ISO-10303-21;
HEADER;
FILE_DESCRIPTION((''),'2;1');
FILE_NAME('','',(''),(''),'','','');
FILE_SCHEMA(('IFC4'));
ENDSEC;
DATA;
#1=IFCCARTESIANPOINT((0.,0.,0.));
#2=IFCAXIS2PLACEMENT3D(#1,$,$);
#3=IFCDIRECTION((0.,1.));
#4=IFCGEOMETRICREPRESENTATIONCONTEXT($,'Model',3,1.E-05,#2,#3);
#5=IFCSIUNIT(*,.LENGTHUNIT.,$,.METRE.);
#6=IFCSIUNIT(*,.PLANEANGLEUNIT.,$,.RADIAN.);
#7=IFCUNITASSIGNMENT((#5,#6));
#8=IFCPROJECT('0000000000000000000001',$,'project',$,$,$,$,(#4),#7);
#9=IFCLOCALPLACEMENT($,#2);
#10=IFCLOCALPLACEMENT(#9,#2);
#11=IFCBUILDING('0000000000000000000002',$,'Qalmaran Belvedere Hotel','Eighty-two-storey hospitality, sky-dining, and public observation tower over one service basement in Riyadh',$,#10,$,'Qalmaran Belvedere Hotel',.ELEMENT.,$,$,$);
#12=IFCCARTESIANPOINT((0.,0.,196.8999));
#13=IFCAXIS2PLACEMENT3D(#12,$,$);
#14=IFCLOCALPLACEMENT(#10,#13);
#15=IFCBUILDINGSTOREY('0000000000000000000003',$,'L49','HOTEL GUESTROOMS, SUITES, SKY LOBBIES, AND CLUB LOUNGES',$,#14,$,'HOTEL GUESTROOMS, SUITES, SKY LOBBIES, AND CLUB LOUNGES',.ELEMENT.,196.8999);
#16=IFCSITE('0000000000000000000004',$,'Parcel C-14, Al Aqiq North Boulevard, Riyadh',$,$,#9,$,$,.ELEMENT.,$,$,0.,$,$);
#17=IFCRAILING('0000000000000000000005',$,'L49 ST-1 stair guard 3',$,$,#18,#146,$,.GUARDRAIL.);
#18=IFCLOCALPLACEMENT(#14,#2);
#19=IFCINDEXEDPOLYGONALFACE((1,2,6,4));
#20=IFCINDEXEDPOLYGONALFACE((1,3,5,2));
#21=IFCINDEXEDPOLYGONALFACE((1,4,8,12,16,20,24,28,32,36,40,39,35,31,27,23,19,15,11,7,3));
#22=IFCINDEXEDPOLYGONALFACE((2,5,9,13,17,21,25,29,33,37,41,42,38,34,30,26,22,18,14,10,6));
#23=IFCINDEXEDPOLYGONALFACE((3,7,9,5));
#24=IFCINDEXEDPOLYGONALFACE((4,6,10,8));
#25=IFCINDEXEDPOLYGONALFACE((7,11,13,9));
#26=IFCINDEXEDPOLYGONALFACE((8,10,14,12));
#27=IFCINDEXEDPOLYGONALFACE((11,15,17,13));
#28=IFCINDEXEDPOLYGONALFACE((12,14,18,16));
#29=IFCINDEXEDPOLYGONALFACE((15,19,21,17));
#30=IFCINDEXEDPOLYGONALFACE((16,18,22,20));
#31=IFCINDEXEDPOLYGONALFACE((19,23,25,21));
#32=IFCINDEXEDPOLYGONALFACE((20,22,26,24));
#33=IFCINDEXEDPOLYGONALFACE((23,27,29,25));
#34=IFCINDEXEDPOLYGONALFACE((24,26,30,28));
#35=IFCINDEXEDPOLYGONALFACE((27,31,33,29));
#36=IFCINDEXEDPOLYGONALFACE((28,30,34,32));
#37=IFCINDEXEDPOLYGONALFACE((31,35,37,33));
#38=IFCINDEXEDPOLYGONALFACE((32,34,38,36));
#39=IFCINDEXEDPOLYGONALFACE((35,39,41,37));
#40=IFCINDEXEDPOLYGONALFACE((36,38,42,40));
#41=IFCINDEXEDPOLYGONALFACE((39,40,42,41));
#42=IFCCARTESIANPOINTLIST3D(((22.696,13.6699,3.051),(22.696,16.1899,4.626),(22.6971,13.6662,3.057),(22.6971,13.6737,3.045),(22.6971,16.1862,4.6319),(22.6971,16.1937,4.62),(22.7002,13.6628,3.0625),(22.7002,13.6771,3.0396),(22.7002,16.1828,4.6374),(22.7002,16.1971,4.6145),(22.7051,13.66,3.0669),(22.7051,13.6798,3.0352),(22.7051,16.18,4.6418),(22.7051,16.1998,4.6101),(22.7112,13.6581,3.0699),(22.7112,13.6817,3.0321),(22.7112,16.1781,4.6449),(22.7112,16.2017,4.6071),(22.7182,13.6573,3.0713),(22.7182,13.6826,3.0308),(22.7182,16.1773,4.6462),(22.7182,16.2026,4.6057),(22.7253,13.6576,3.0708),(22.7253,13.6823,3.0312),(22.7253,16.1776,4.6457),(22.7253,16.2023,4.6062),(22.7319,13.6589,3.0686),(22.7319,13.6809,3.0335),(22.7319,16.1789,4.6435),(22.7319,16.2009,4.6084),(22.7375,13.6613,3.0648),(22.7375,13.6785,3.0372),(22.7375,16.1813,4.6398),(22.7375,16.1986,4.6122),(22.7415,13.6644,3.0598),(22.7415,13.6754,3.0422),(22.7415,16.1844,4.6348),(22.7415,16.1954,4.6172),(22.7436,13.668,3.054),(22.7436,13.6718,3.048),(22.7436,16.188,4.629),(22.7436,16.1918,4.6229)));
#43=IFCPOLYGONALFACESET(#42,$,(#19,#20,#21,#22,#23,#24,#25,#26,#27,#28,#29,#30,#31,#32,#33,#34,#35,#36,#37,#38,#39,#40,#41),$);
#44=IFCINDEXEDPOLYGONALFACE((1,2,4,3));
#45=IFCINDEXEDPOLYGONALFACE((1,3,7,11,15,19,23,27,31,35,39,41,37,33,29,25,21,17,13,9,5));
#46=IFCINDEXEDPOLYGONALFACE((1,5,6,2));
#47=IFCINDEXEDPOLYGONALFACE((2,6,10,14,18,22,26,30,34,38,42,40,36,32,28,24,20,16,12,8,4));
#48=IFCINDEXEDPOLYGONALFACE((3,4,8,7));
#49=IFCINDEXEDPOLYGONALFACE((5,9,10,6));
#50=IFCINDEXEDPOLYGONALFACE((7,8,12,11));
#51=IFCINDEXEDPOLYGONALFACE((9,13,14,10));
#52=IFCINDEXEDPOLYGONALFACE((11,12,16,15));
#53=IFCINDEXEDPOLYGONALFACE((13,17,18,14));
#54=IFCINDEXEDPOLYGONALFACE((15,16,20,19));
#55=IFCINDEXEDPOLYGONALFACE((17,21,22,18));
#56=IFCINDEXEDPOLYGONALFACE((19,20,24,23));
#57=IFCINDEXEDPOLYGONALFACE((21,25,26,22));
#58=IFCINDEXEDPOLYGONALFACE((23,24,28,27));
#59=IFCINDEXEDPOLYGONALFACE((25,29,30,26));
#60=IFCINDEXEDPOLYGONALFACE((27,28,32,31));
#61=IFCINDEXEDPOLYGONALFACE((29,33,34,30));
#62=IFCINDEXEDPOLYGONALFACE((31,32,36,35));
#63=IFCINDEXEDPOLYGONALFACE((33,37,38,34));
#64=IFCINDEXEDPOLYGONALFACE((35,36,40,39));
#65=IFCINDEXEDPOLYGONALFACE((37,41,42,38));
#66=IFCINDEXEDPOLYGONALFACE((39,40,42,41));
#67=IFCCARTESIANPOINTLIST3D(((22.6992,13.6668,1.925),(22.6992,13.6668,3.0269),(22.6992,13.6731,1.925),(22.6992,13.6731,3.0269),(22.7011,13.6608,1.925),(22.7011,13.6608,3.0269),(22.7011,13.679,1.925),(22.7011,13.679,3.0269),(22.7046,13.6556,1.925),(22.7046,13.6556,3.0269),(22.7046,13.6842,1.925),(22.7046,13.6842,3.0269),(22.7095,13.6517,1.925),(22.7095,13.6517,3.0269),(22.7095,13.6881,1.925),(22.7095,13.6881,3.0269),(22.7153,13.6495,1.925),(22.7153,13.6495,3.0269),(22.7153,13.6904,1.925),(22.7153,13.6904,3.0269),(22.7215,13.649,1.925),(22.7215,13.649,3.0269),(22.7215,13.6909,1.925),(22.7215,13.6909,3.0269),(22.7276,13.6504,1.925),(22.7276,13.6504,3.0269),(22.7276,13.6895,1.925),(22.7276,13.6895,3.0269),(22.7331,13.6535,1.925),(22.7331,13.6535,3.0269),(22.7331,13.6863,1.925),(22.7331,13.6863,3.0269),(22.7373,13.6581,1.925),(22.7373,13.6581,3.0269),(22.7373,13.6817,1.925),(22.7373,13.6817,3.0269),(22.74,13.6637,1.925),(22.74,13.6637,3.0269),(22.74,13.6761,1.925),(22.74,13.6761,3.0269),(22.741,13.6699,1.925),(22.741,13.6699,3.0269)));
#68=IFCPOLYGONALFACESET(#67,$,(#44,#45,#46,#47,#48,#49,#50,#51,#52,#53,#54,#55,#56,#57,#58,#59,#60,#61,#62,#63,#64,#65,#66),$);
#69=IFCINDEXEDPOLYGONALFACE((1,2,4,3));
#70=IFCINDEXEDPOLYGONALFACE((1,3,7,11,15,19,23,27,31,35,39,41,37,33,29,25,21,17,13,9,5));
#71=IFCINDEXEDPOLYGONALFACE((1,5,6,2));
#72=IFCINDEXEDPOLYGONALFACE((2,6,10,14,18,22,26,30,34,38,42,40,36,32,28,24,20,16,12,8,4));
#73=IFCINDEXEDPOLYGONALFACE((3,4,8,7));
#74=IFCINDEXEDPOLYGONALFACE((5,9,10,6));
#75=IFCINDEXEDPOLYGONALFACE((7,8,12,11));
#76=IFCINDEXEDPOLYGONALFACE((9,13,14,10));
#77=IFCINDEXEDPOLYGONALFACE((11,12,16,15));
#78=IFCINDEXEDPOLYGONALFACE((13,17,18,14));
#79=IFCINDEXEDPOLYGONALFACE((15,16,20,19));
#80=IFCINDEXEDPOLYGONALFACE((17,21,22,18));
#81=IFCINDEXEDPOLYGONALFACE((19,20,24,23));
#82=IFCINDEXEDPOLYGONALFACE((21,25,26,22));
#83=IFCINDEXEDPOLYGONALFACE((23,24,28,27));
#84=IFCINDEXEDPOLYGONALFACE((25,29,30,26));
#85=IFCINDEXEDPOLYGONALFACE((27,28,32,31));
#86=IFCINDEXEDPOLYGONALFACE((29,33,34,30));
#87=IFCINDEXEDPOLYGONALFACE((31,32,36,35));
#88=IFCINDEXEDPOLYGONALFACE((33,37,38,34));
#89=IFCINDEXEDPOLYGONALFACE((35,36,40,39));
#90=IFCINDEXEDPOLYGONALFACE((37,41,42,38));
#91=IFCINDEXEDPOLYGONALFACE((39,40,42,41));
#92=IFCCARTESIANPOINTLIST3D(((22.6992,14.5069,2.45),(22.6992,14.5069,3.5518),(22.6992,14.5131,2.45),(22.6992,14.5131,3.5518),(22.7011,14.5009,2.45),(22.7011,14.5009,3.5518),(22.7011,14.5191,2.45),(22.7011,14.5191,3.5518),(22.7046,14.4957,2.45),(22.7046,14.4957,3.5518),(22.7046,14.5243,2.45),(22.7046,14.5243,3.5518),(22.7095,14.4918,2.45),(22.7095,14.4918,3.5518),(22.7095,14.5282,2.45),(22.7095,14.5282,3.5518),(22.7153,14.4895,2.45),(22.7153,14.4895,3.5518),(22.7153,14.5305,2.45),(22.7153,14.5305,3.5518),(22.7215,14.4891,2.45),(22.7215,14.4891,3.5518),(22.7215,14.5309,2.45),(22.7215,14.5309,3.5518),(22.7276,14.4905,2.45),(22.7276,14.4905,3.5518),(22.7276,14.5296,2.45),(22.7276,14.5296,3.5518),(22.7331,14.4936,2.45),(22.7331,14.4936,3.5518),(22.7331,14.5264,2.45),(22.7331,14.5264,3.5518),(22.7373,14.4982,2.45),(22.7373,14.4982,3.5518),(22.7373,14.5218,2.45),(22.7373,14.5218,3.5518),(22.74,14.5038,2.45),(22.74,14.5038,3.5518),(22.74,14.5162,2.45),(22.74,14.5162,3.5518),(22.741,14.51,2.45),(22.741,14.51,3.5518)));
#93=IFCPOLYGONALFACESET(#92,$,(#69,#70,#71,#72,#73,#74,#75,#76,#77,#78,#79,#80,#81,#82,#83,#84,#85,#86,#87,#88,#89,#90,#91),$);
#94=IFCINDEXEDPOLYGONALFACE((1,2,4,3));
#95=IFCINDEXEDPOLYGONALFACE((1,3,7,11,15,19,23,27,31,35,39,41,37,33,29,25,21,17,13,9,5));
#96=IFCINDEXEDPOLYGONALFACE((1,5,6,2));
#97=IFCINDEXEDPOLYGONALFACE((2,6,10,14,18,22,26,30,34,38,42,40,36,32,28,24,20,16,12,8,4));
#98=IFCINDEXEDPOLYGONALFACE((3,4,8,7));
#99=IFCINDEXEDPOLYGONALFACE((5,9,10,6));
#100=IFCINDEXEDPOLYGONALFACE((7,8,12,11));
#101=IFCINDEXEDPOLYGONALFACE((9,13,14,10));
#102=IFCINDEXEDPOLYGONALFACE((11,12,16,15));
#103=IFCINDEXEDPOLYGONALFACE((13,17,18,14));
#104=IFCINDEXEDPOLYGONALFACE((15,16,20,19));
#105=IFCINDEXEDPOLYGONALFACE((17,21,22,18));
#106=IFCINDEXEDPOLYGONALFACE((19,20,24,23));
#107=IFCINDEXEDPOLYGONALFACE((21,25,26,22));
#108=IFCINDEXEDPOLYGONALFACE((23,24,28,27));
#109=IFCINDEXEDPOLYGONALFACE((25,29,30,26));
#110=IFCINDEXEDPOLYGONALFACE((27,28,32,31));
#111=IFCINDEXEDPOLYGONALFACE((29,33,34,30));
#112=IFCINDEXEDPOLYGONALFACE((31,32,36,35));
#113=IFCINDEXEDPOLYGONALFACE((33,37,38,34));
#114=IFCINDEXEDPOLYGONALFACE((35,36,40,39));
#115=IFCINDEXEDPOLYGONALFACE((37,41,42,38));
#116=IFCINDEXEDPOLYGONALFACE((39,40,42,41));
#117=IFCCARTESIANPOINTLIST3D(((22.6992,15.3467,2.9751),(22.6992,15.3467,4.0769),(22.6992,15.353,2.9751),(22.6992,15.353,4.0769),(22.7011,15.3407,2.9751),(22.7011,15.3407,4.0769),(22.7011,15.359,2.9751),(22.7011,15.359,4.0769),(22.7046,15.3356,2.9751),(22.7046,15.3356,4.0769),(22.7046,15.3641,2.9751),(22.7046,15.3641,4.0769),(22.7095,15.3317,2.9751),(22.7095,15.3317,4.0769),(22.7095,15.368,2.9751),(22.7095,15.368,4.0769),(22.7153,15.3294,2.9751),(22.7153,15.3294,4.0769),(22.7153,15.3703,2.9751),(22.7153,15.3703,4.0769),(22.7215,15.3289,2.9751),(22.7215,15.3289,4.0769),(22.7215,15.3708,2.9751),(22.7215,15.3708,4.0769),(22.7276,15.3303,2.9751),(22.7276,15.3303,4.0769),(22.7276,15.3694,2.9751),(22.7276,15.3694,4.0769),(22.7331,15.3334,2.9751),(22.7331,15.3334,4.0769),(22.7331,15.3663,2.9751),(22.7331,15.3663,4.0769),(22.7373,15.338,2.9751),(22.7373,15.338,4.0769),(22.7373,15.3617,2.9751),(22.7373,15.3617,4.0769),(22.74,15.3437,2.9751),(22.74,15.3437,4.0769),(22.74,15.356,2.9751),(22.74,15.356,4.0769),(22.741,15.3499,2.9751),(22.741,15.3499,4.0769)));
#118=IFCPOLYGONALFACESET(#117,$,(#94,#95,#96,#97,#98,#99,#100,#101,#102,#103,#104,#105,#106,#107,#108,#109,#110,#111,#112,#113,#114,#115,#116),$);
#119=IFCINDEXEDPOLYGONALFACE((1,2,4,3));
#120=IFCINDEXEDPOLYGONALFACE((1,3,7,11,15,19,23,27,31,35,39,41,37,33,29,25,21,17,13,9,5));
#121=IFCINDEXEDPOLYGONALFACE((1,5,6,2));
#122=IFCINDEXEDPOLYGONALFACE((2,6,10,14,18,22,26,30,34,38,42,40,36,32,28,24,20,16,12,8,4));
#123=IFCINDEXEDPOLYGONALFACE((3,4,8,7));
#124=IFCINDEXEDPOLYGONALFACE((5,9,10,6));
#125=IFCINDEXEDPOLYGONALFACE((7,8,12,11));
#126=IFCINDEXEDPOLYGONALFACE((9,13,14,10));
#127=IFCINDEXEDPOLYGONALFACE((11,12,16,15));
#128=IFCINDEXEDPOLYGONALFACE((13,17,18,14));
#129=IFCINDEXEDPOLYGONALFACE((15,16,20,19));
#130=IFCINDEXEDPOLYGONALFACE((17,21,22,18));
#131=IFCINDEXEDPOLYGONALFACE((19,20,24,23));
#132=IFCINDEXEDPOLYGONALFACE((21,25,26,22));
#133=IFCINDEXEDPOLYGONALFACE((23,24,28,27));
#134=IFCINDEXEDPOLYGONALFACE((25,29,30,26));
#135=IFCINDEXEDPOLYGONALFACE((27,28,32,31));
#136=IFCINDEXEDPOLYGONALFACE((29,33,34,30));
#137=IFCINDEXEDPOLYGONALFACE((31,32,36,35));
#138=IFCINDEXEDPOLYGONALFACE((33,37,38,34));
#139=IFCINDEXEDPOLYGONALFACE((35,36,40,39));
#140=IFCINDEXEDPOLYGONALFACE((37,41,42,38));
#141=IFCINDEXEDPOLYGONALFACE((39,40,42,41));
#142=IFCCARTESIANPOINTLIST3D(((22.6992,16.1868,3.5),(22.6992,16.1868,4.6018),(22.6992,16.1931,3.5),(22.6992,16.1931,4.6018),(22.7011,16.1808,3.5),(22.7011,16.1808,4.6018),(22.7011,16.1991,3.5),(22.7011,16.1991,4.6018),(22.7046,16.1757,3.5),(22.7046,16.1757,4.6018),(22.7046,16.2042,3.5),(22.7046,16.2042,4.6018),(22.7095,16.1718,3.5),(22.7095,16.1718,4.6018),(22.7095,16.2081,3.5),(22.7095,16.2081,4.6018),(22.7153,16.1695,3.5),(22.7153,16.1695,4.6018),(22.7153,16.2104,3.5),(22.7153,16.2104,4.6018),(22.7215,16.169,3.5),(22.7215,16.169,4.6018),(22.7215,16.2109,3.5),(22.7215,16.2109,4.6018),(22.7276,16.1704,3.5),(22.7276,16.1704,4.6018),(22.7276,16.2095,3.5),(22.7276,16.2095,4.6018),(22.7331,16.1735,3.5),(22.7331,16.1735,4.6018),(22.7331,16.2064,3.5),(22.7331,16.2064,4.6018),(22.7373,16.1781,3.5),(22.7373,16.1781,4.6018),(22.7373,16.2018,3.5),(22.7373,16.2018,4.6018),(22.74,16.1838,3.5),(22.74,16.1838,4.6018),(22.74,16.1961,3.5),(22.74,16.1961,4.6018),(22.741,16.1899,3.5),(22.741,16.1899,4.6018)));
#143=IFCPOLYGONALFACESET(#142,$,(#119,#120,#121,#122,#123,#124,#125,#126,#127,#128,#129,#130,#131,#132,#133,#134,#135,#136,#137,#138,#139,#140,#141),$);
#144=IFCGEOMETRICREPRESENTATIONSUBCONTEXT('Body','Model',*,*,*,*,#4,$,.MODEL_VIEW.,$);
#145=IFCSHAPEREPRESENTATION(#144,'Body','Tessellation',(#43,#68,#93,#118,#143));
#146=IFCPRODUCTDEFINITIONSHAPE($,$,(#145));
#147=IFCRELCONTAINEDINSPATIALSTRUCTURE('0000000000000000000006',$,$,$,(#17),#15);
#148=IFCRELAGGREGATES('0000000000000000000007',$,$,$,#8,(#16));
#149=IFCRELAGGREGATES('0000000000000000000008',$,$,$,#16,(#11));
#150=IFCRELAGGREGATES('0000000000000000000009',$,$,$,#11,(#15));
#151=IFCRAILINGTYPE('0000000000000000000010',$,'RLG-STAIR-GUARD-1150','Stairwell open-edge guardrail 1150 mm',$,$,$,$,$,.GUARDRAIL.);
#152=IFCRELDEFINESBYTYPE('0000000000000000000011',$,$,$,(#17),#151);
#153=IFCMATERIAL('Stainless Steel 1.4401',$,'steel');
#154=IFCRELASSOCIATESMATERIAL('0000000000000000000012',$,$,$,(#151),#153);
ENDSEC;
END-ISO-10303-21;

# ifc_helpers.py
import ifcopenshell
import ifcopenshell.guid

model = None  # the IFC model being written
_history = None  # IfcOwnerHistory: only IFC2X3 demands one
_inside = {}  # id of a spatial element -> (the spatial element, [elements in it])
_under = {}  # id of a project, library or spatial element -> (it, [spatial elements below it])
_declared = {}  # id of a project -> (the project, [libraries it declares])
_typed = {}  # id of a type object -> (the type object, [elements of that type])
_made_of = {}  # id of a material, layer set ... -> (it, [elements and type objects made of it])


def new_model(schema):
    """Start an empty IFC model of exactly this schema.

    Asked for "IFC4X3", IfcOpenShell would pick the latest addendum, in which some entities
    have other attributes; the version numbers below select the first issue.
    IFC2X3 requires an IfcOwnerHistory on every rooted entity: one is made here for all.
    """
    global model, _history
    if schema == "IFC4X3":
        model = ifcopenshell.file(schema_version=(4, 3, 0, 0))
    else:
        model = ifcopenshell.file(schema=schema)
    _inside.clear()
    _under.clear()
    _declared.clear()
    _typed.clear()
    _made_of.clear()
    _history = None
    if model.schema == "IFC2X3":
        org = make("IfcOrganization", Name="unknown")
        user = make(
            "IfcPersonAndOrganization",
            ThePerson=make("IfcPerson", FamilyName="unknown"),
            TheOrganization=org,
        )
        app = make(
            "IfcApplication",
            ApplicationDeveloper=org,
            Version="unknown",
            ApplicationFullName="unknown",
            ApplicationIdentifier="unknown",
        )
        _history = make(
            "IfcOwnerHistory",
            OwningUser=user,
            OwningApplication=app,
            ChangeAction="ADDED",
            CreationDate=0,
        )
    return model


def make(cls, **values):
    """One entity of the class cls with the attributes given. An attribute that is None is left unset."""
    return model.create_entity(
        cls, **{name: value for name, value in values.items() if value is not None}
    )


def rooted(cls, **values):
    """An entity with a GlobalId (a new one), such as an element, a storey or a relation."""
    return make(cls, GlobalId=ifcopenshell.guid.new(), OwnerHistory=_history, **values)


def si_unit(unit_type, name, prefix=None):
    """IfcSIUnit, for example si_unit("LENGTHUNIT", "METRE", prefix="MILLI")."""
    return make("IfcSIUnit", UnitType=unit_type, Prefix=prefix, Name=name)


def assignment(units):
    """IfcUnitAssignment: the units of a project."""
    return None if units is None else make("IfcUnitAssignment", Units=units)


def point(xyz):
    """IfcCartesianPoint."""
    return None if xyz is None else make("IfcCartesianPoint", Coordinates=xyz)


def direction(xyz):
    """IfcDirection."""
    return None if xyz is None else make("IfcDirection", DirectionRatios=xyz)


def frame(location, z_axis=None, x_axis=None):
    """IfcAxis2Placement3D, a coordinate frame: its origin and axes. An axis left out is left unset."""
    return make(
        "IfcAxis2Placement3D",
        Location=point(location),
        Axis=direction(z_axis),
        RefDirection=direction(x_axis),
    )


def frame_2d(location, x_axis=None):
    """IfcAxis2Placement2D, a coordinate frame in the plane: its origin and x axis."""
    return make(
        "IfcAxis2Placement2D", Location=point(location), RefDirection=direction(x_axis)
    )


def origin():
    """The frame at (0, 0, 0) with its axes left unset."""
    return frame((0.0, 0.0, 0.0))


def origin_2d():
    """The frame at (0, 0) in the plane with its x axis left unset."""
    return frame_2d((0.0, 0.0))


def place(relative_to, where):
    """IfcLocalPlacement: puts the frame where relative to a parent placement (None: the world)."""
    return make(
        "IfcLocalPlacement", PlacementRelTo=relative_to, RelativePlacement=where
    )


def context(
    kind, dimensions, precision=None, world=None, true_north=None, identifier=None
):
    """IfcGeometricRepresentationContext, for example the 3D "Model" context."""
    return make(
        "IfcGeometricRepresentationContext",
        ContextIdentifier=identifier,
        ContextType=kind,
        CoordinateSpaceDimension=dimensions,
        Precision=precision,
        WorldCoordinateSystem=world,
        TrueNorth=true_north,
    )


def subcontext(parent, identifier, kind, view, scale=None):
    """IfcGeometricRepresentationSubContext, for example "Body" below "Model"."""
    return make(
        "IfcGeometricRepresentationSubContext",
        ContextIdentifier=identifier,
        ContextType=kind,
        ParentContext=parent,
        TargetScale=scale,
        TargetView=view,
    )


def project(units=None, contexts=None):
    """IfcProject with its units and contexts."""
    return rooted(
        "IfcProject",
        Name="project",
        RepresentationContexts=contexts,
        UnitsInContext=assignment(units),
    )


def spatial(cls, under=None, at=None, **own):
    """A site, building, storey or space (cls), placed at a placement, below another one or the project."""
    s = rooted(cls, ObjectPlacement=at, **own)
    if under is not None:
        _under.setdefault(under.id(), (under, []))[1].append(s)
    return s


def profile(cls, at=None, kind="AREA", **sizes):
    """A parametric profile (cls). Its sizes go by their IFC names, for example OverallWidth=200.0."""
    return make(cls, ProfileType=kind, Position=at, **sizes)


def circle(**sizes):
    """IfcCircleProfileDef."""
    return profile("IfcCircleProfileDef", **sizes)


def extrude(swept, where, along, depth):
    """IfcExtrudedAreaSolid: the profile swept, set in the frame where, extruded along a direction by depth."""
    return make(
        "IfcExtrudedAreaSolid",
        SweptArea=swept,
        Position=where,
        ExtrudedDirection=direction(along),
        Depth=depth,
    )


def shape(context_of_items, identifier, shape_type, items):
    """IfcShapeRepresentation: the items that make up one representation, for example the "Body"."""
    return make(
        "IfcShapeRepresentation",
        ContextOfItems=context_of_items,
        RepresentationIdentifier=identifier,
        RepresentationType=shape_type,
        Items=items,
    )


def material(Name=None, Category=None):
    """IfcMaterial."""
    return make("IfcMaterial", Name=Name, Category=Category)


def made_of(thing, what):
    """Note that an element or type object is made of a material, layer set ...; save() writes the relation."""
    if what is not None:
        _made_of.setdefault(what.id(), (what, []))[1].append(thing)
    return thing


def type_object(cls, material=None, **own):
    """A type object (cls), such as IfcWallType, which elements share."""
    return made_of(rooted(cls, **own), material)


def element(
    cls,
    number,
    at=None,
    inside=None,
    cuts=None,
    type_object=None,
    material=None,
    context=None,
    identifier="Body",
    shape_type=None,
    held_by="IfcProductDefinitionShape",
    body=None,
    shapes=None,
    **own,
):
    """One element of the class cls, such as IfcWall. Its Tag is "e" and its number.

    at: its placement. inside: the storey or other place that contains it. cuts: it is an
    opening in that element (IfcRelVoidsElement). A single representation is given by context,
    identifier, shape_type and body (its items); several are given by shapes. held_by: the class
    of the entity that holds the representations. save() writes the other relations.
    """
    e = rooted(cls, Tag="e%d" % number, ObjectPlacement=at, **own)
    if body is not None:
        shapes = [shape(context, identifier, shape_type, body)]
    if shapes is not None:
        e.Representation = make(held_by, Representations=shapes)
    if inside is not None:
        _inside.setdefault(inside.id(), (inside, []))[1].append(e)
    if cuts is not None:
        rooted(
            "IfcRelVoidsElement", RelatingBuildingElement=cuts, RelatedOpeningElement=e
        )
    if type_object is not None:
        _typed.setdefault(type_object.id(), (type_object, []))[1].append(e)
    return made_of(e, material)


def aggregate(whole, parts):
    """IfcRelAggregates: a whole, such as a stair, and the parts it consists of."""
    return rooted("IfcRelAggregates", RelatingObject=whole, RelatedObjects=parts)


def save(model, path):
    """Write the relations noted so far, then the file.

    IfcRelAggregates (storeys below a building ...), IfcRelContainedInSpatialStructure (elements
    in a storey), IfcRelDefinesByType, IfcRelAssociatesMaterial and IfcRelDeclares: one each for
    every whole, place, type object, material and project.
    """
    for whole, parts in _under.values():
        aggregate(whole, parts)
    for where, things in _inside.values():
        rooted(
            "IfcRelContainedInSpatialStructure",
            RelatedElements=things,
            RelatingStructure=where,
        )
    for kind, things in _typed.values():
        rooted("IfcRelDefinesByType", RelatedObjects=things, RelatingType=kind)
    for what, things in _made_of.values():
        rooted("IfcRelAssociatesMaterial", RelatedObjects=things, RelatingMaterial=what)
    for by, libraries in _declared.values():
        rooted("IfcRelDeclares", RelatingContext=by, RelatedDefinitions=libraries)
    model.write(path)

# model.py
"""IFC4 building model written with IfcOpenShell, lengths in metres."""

from ifc_helpers import new_model, si_unit, direction, frame, origin, origin_2d, place, context, subcontext, project, spatial, circle, extrude, material, type_object, element, save


model = new_model("IFC4")

# Units and contexts
model_context = context("Model", 3, precision=1e-05, world=origin(), true_north=direction((0.0, 1.0)))
body_context = subcontext(model_context, "Body", "Model", "MODEL_VIEW")
ifc_project = project(units=[si_unit("LENGTHUNIT", "METRE"), si_unit("PLANEANGLEUNIT", "RADIAN")], contexts=[model_context])

# Site, building, storey
site_placement = place(None, origin())
site = spatial("IfcSite", under=ifc_project, at=site_placement, Name="Parcel C-14, Al Aqiq North Boulevard, Riyadh", CompositionType="ELEMENT", RefElevation=0.0)
building_placement = place(site_placement, origin())
building = spatial("IfcBuilding", under=site, at=building_placement, Name="Qalmaran Belvedere Hotel", Description="Eighty-two-storey hospitality, sky-dining, and public observation tower over one service basement in Riyadh", LongName="Qalmaran Belvedere Hotel", CompositionType="ELEMENT")
storey_placement = place(building_placement, frame((0.0, 0.0, 196.8999)))
storey = spatial("IfcBuildingStorey", under=building, at=storey_placement, Name="L49", Description="HOTEL GUESTROOMS, SUITES, SKY LOBBIES, AND CLUB LOUNGES", LongName="HOTEL GUESTROOMS, SUITES, SKY LOBBIES, AND CLUB LOUNGES", CompositionType="ELEMENT", Elevation=196.8999)

# Shared definitions
ifc_material_1 = material(Name="Stainless Steel 1.4401", Category="steel")

# Railing
railing_type_1 = type_object("IfcRailingType", Name="RLG-STAIR-GUARD-1150", Description="Stairwell open-edge guardrail 1150 mm", PredefinedType="GUARDRAIL", material=ifc_material_1)
railing_1_placement = place(storey_placement, frame((22.72, 13.6699, 1.925)))
element("IfcRailing", 1, at=railing_1_placement, inside=storey, type_object=railing_type_1, Name="L49 ST-1 stair guard 3", PredefinedType="GUARDRAIL", context=body_context, shape_type="SweptSolid", body=[
    extrude(circle(Radius=0.0239, at=origin_2d()), frame((0.0, 0.0, 1.126), z_axis=(0.0, 0.848008, 0.529984), x_axis=(-1.0, 0.0, 0.0)), (0.0, 0.0, 1.0), 2.9717),
    extrude(circle(Radius=0.021, at=origin_2d()), origin(), (0.0, 0.0, 1.0), 1.1018),
    extrude(circle(Radius=0.021, at=origin_2d()), frame((0.0, 0.8401, 0.5249)), (0.0, 0.0, 1.0), 1.1018),
    extrude(circle(Radius=0.021, at=origin_2d()), frame((0.0, 1.6799, 1.05)), (0.0, 0.0, 1.0), 1.1018),
    extrude(circle(Radius=0.021, at=origin_2d()), frame((0.0, 2.52, 1.575)), (0.0, 0.0, 1.0), 1.1018),
])

save(model, "model.ifc")
